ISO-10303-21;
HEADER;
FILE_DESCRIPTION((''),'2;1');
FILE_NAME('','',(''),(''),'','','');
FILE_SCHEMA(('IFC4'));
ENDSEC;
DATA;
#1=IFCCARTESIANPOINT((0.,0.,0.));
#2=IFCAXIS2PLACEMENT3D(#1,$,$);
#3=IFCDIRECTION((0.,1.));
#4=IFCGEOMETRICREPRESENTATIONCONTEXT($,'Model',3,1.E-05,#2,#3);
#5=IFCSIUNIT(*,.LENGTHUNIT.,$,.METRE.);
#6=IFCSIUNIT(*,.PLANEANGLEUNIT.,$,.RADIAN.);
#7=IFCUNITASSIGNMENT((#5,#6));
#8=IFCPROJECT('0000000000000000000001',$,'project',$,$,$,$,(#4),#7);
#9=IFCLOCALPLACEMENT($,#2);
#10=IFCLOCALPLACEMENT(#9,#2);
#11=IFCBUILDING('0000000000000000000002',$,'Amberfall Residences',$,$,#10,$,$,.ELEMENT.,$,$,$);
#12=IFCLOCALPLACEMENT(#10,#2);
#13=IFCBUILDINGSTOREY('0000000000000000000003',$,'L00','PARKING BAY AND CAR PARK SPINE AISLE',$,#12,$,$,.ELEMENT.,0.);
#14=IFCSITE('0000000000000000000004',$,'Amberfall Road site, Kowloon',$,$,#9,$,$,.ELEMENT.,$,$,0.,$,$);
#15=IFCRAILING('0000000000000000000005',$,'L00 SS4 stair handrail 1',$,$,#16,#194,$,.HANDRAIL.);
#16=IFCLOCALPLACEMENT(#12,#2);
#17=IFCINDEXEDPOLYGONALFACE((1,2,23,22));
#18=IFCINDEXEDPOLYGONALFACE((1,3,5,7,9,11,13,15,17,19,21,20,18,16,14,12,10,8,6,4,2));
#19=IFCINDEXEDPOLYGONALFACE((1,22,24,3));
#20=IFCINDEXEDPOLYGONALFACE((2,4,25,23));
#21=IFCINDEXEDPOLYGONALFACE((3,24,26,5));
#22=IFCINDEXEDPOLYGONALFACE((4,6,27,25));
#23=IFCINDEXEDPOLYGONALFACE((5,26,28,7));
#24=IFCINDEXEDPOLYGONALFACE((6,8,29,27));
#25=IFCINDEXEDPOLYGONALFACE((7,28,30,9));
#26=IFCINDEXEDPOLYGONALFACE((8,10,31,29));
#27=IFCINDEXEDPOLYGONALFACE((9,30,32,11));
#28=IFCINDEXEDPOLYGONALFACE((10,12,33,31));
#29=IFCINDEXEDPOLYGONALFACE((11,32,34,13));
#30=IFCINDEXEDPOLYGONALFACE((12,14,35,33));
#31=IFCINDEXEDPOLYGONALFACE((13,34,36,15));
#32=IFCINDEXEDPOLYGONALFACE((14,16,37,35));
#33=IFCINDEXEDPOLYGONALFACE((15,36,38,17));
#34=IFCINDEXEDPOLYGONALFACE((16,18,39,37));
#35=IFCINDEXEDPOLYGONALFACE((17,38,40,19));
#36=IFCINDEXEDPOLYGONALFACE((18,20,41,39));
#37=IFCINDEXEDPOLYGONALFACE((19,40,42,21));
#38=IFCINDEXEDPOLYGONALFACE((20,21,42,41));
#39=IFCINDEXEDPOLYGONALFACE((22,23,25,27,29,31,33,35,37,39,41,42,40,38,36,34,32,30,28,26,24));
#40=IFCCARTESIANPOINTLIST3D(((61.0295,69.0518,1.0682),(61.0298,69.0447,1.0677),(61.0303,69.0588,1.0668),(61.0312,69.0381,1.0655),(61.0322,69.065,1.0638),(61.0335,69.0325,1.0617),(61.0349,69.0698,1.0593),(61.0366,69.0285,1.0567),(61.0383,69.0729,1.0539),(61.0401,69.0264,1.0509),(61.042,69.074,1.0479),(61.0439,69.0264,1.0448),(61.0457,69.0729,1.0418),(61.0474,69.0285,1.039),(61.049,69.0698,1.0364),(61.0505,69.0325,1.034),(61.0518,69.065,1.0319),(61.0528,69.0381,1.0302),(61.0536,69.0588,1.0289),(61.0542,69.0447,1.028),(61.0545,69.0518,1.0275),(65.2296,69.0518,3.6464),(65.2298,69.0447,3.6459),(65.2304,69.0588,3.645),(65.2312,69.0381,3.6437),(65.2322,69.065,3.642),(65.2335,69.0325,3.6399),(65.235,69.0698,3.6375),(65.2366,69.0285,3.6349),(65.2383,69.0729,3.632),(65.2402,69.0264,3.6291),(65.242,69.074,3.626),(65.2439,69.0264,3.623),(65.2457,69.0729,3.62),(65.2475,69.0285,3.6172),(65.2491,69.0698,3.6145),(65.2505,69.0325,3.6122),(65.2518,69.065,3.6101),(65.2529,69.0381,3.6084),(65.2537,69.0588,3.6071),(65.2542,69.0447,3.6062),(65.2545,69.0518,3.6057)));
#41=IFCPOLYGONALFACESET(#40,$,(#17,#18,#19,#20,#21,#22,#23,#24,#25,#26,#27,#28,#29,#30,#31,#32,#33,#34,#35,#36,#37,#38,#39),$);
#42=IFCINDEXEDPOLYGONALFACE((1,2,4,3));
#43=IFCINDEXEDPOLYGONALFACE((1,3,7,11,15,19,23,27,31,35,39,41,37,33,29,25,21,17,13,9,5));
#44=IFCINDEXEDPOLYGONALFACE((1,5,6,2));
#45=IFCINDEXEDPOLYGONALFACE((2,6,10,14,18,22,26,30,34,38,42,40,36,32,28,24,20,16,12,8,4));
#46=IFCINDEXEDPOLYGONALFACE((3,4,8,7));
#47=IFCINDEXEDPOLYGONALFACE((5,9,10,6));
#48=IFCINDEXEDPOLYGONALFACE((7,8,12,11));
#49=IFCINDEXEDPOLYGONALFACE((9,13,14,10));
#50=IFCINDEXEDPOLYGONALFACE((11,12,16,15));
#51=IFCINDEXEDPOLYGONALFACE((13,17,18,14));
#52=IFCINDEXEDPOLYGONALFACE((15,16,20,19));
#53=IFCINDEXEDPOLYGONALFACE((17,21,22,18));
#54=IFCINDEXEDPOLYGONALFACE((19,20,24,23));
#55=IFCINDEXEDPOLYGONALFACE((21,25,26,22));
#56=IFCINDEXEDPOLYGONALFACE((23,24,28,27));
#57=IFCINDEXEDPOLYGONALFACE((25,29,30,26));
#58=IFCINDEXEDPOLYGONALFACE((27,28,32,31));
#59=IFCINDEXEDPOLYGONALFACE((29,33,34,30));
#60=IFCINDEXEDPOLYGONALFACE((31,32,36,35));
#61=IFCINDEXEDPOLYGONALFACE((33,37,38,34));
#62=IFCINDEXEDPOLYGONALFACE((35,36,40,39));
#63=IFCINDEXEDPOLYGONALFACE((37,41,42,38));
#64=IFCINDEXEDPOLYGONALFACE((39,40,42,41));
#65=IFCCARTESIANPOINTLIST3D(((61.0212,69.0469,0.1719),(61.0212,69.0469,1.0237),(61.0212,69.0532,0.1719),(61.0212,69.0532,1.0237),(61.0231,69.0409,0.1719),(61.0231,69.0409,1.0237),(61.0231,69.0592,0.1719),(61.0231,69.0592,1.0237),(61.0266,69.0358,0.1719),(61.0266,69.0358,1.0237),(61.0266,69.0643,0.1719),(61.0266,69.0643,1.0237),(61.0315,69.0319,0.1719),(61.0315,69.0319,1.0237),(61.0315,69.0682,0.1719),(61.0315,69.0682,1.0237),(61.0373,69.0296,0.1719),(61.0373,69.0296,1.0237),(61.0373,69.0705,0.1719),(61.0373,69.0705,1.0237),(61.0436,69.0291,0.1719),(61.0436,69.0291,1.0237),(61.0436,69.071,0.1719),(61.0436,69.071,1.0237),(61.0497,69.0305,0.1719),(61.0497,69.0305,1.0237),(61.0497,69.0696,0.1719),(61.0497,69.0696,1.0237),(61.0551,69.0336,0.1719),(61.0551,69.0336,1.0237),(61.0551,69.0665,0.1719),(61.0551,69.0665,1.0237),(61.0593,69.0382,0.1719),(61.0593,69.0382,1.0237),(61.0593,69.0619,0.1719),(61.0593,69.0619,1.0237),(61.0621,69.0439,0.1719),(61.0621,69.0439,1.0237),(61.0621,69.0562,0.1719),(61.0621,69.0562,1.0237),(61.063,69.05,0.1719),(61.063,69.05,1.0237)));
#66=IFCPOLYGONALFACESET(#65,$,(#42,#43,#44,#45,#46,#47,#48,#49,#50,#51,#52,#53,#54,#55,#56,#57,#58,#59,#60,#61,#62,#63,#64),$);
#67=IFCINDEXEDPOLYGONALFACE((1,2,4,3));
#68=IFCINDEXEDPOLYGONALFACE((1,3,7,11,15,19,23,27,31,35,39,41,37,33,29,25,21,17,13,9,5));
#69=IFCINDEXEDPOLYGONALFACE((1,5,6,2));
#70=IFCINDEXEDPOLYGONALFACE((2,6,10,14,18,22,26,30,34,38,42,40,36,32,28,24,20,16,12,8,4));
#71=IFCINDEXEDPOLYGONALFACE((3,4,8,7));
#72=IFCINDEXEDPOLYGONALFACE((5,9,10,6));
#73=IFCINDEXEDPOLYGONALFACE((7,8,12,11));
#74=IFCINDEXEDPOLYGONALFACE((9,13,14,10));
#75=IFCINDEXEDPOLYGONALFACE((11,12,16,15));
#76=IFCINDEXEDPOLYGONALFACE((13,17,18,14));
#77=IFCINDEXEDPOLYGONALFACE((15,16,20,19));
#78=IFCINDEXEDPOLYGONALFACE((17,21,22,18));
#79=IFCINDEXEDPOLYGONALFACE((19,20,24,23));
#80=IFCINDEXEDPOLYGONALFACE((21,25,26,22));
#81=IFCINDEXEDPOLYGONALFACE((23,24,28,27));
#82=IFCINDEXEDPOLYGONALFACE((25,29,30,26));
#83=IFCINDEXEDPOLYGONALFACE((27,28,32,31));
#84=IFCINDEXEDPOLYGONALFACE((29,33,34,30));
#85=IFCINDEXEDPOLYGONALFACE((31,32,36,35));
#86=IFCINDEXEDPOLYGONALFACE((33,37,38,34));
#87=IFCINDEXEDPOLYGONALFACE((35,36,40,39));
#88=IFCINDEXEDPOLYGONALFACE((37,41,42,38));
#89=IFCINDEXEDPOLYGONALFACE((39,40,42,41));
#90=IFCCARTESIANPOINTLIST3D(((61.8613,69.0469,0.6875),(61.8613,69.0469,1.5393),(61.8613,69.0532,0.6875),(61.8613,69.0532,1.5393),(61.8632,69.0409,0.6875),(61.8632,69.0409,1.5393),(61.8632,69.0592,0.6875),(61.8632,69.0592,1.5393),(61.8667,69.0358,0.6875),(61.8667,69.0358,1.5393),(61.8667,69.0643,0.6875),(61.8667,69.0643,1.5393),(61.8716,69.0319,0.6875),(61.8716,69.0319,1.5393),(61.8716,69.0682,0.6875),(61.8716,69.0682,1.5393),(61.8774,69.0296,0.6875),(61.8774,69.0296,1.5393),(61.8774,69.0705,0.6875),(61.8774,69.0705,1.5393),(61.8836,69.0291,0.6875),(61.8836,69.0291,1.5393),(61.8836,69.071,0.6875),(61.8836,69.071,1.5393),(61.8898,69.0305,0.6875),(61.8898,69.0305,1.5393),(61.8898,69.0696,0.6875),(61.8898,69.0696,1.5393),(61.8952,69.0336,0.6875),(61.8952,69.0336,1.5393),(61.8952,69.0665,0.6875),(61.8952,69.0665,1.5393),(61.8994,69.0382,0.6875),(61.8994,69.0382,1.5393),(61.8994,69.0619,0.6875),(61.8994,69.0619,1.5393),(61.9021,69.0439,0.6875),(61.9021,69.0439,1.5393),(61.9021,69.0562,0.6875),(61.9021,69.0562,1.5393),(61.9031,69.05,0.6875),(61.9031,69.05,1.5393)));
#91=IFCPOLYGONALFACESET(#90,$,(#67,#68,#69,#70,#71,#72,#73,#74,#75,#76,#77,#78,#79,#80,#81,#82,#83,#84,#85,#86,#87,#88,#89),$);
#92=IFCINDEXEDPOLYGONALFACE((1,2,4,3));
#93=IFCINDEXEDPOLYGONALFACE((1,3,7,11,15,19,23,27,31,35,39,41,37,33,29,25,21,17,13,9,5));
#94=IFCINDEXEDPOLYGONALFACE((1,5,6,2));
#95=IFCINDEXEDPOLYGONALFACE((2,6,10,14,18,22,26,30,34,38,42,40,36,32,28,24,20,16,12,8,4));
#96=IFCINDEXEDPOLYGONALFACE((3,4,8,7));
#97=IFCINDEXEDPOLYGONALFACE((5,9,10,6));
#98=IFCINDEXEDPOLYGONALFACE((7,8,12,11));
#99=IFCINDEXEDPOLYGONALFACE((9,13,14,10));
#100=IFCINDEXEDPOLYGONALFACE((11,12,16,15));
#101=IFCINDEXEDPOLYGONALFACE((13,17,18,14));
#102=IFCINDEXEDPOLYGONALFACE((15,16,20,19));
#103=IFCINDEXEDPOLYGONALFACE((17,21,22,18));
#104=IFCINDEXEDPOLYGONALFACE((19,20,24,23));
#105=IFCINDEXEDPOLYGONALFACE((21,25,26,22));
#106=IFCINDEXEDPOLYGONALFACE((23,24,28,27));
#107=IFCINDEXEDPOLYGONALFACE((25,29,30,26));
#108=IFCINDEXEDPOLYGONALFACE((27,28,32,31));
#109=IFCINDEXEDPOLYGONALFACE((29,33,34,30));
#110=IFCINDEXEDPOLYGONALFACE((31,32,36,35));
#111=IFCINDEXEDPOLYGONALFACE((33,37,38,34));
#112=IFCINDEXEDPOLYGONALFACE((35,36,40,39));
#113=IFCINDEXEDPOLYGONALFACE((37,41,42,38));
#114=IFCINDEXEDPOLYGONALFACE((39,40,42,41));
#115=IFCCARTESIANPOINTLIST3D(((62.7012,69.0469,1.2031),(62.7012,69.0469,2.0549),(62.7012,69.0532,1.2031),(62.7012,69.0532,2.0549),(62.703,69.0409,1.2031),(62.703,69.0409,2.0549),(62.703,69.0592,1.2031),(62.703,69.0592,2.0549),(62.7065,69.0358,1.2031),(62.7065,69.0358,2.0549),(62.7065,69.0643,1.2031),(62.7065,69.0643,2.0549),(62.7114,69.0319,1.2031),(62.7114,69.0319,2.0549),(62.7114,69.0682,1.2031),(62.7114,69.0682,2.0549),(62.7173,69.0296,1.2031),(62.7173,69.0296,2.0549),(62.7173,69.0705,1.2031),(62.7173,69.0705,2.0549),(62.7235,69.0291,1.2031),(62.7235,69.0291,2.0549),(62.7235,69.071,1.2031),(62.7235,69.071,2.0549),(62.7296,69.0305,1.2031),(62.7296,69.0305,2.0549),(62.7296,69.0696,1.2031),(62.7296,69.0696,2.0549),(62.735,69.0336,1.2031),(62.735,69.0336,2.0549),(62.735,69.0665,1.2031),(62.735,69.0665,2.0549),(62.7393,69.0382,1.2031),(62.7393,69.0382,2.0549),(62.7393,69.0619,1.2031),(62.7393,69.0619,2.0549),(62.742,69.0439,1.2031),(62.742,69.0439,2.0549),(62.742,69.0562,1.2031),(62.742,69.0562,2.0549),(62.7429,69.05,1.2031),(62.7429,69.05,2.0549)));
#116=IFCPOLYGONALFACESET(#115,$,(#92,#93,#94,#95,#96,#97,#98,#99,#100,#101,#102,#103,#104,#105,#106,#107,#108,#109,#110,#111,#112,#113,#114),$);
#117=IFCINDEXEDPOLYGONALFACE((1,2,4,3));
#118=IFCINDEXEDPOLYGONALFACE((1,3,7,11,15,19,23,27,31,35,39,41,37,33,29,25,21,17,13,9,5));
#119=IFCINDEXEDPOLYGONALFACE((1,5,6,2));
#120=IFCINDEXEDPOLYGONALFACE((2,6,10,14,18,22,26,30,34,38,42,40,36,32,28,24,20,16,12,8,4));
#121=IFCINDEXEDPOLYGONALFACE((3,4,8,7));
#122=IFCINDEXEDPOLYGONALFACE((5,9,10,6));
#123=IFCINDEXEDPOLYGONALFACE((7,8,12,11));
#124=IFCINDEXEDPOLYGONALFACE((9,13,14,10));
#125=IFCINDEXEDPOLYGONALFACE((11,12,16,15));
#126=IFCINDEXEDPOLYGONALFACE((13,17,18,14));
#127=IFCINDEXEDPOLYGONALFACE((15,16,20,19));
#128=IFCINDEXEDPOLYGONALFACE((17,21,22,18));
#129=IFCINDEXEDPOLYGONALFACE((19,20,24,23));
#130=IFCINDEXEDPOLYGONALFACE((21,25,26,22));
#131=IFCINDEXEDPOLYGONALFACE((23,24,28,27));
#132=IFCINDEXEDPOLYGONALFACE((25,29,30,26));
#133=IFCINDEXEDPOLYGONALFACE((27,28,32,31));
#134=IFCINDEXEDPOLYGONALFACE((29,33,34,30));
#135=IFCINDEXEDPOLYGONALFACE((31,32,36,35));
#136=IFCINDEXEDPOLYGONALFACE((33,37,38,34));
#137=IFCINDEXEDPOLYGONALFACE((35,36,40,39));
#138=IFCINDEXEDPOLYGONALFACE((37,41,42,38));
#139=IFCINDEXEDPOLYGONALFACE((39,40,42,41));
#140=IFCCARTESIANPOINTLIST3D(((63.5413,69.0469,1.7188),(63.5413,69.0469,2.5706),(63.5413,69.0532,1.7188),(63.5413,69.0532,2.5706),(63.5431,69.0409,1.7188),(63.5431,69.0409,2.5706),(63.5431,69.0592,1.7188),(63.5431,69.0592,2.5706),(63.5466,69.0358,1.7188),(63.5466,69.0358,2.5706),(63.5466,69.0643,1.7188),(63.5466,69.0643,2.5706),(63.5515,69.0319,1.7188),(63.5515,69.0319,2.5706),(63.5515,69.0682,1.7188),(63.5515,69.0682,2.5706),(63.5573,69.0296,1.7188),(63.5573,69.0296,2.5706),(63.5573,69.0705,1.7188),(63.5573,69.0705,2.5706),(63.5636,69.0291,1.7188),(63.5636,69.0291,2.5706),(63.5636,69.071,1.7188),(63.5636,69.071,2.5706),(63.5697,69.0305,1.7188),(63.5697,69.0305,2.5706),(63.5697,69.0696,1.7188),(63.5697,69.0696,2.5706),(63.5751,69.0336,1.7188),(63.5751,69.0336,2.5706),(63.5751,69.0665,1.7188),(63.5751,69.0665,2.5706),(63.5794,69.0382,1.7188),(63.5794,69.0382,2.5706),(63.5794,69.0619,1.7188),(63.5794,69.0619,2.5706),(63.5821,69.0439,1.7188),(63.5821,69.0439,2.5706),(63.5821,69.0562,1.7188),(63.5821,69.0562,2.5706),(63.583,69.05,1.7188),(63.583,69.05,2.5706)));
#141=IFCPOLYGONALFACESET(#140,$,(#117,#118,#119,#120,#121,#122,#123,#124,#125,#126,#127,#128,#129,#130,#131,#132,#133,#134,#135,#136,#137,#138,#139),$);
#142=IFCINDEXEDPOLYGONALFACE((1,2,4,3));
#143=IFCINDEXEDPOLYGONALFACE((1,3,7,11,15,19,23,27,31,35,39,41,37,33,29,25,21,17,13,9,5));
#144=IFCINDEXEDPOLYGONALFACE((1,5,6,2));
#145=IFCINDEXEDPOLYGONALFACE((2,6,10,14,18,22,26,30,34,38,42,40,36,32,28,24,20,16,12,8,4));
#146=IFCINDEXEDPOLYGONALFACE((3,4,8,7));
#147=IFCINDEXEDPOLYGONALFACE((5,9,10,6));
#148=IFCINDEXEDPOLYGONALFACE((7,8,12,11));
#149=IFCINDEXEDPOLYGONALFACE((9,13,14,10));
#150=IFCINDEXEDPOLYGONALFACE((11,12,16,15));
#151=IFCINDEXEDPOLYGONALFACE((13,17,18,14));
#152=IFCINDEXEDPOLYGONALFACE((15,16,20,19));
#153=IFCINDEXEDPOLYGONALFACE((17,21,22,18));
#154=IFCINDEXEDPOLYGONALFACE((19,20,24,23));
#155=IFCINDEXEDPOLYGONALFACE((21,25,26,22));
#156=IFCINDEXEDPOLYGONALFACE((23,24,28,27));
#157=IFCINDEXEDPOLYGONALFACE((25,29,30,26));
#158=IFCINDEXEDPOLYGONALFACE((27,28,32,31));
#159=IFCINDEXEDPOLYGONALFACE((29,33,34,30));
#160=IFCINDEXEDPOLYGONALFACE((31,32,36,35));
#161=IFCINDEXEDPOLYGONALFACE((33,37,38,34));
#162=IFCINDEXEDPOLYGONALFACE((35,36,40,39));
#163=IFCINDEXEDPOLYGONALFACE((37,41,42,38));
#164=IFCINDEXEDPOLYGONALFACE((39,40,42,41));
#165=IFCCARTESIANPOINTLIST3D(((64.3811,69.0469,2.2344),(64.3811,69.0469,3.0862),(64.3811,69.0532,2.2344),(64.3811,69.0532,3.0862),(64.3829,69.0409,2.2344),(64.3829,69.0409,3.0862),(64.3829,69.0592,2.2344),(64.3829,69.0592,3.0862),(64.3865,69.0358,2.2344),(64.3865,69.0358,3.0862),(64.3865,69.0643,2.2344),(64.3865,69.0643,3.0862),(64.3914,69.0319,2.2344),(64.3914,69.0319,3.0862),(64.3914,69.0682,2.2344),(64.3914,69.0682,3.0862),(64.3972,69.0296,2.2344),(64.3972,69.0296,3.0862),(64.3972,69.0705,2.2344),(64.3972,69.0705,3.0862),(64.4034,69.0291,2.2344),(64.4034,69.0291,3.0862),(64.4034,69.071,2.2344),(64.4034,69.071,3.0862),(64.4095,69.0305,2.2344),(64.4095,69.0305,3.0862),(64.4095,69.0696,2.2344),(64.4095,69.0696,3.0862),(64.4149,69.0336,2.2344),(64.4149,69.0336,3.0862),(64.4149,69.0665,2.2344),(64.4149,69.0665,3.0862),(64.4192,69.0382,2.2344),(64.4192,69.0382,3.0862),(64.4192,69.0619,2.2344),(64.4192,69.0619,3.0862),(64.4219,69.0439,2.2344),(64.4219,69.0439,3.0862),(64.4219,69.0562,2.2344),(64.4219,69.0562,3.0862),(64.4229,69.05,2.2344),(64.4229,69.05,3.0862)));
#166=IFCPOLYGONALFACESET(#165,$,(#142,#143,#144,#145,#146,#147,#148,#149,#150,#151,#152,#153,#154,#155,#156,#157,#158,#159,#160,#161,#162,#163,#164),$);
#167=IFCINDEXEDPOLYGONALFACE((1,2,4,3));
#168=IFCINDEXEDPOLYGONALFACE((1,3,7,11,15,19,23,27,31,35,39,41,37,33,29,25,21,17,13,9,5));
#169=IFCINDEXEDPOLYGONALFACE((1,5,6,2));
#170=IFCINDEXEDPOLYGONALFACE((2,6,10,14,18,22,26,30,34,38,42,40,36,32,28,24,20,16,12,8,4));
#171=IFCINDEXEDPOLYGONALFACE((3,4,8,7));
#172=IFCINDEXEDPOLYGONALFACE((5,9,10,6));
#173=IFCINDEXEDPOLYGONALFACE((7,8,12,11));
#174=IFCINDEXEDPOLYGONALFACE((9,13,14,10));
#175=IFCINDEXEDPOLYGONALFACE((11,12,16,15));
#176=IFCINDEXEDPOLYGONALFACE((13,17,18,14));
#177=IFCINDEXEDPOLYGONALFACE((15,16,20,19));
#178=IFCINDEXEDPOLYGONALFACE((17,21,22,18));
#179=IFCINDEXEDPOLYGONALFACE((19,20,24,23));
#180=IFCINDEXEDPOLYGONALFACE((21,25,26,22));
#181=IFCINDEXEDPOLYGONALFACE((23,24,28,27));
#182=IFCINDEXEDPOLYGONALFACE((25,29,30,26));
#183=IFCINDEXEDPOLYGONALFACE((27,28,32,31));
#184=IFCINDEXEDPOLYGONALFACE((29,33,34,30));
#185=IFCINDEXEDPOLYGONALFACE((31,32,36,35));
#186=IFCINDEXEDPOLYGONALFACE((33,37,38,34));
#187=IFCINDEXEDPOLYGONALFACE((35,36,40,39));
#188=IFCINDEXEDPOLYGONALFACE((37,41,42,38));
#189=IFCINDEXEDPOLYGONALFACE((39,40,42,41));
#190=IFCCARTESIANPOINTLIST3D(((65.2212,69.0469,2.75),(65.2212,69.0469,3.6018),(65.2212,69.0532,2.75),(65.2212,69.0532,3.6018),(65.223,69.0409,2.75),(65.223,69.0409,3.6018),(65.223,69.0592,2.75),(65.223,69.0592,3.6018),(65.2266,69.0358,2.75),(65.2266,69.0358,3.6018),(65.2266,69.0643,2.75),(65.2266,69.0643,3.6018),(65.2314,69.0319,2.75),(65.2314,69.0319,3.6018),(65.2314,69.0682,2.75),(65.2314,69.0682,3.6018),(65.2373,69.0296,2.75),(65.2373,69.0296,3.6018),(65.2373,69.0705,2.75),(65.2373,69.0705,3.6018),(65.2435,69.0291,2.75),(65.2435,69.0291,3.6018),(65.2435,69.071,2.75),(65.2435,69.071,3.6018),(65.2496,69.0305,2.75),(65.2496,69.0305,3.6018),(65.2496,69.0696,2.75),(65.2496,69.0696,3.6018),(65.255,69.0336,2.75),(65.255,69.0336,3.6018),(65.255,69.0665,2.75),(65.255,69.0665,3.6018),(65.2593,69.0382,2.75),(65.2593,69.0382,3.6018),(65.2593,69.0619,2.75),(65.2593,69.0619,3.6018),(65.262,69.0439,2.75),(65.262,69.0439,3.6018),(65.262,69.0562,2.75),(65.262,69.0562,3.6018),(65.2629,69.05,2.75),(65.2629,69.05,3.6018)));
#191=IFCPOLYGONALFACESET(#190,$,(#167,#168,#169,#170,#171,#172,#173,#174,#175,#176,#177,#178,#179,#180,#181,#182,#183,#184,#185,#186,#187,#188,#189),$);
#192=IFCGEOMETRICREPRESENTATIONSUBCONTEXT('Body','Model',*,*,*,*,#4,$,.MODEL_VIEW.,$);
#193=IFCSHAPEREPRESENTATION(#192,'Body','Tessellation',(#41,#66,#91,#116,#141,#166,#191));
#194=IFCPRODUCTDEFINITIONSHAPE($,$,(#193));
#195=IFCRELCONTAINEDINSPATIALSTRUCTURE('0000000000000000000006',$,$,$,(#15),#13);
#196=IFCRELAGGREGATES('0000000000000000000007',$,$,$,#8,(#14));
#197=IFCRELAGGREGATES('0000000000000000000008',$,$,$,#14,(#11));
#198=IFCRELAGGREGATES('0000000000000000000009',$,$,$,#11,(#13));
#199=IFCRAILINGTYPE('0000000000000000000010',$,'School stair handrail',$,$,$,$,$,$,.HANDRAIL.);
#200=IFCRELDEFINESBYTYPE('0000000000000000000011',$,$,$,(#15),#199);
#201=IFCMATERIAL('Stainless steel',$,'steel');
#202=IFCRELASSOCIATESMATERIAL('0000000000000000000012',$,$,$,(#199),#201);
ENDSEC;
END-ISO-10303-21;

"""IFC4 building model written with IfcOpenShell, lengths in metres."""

from ifc_helpers import new_model, si_unit, direction, frame, origin, origin_2d, place, context, subcontext, project, spatial, circle, extrude, material, type_object, element, save


model = new_model("IFC4")

# Units and contexts
model_context = context("Model", 3, precision=1e-05, world=origin(), true_north=direction((0.0, 1.0)))
body_context = subcontext(model_context, "Body", "Model", "MODEL_VIEW")
ifc_project = project(units=[si_unit("LENGTHUNIT", "METRE"), si_unit("PLANEANGLEUNIT", "RADIAN")], contexts=[model_context])

# Site, building, storey
site_placement = place(None, origin())
site = spatial("IfcSite", under=ifc_project, at=site_placement, Name="Amberfall Road site, Kowloon", CompositionType="ELEMENT", RefElevation=0.0)
building_placement = place(site_placement, origin())
building = spatial("IfcBuilding", under=site, at=building_placement, Name="Amberfall Residences", CompositionType="ELEMENT")
storey_placement = place(building_placement, origin())
storey = spatial("IfcBuildingStorey", under=building, at=storey_placement, Name="L00", Description="PARKING BAY AND CAR PARK SPINE AISLE", CompositionType="ELEMENT", Elevation=0.0)

# Railing
ifc_material_1 = material(Name="Stainless steel", Category="steel")
railing_type_1 = type_object("IfcRailingType", Name="School stair handrail", PredefinedType="HANDRAIL", material=ifc_material_1)
railing_1_placement = place(storey_placement, frame((61.042, 69.05, 0.1719)))
element("IfcRailing", 1, at=railing_1_placement, inside=storey, type_object=railing_type_1, Name="L00 SS4 stair handrail 1", PredefinedType="HANDRAIL", context=body_context, shape_type="SweptSolid", body=[
    extrude(circle(Radius=0.0239, at=origin_2d()), frame((0.0, 0.0, 0.876), z_axis=(0.852243, 0.0, 0.523146), x_axis=(0.0, 1.0, 0.0)), (0.0, 0.0, 1.0), 4.9282),
    extrude(circle(Radius=0.021, at=origin_2d()), origin(), (0.0, 0.0, 1.0), 0.8518),
    extrude(circle(Radius=0.021, at=origin_2d()), frame((0.8401, 0.0, 0.5156)), (0.0, 0.0, 1.0), 0.8518),
    extrude(circle(Radius=0.021, at=origin_2d()), frame((1.6799, 0.0, 1.0312)), (0.0, 0.0, 1.0), 0.8518),
    extrude(circle(Radius=0.021, at=origin_2d()), frame((2.52, 0.0, 1.5469)), (0.0, 0.0, 1.0), 0.8518),
    extrude(circle(Radius=0.021, at=origin_2d()), frame((3.3599, 0.0, 2.0625)), (0.0, 0.0, 1.0), 0.8518),
    extrude(circle(Radius=0.021, at=origin_2d()), frame((4.2, 0.0, 2.5781)), (0.0, 0.0, 1.0), 0.8518),
])

save(model, "model.ifc")
